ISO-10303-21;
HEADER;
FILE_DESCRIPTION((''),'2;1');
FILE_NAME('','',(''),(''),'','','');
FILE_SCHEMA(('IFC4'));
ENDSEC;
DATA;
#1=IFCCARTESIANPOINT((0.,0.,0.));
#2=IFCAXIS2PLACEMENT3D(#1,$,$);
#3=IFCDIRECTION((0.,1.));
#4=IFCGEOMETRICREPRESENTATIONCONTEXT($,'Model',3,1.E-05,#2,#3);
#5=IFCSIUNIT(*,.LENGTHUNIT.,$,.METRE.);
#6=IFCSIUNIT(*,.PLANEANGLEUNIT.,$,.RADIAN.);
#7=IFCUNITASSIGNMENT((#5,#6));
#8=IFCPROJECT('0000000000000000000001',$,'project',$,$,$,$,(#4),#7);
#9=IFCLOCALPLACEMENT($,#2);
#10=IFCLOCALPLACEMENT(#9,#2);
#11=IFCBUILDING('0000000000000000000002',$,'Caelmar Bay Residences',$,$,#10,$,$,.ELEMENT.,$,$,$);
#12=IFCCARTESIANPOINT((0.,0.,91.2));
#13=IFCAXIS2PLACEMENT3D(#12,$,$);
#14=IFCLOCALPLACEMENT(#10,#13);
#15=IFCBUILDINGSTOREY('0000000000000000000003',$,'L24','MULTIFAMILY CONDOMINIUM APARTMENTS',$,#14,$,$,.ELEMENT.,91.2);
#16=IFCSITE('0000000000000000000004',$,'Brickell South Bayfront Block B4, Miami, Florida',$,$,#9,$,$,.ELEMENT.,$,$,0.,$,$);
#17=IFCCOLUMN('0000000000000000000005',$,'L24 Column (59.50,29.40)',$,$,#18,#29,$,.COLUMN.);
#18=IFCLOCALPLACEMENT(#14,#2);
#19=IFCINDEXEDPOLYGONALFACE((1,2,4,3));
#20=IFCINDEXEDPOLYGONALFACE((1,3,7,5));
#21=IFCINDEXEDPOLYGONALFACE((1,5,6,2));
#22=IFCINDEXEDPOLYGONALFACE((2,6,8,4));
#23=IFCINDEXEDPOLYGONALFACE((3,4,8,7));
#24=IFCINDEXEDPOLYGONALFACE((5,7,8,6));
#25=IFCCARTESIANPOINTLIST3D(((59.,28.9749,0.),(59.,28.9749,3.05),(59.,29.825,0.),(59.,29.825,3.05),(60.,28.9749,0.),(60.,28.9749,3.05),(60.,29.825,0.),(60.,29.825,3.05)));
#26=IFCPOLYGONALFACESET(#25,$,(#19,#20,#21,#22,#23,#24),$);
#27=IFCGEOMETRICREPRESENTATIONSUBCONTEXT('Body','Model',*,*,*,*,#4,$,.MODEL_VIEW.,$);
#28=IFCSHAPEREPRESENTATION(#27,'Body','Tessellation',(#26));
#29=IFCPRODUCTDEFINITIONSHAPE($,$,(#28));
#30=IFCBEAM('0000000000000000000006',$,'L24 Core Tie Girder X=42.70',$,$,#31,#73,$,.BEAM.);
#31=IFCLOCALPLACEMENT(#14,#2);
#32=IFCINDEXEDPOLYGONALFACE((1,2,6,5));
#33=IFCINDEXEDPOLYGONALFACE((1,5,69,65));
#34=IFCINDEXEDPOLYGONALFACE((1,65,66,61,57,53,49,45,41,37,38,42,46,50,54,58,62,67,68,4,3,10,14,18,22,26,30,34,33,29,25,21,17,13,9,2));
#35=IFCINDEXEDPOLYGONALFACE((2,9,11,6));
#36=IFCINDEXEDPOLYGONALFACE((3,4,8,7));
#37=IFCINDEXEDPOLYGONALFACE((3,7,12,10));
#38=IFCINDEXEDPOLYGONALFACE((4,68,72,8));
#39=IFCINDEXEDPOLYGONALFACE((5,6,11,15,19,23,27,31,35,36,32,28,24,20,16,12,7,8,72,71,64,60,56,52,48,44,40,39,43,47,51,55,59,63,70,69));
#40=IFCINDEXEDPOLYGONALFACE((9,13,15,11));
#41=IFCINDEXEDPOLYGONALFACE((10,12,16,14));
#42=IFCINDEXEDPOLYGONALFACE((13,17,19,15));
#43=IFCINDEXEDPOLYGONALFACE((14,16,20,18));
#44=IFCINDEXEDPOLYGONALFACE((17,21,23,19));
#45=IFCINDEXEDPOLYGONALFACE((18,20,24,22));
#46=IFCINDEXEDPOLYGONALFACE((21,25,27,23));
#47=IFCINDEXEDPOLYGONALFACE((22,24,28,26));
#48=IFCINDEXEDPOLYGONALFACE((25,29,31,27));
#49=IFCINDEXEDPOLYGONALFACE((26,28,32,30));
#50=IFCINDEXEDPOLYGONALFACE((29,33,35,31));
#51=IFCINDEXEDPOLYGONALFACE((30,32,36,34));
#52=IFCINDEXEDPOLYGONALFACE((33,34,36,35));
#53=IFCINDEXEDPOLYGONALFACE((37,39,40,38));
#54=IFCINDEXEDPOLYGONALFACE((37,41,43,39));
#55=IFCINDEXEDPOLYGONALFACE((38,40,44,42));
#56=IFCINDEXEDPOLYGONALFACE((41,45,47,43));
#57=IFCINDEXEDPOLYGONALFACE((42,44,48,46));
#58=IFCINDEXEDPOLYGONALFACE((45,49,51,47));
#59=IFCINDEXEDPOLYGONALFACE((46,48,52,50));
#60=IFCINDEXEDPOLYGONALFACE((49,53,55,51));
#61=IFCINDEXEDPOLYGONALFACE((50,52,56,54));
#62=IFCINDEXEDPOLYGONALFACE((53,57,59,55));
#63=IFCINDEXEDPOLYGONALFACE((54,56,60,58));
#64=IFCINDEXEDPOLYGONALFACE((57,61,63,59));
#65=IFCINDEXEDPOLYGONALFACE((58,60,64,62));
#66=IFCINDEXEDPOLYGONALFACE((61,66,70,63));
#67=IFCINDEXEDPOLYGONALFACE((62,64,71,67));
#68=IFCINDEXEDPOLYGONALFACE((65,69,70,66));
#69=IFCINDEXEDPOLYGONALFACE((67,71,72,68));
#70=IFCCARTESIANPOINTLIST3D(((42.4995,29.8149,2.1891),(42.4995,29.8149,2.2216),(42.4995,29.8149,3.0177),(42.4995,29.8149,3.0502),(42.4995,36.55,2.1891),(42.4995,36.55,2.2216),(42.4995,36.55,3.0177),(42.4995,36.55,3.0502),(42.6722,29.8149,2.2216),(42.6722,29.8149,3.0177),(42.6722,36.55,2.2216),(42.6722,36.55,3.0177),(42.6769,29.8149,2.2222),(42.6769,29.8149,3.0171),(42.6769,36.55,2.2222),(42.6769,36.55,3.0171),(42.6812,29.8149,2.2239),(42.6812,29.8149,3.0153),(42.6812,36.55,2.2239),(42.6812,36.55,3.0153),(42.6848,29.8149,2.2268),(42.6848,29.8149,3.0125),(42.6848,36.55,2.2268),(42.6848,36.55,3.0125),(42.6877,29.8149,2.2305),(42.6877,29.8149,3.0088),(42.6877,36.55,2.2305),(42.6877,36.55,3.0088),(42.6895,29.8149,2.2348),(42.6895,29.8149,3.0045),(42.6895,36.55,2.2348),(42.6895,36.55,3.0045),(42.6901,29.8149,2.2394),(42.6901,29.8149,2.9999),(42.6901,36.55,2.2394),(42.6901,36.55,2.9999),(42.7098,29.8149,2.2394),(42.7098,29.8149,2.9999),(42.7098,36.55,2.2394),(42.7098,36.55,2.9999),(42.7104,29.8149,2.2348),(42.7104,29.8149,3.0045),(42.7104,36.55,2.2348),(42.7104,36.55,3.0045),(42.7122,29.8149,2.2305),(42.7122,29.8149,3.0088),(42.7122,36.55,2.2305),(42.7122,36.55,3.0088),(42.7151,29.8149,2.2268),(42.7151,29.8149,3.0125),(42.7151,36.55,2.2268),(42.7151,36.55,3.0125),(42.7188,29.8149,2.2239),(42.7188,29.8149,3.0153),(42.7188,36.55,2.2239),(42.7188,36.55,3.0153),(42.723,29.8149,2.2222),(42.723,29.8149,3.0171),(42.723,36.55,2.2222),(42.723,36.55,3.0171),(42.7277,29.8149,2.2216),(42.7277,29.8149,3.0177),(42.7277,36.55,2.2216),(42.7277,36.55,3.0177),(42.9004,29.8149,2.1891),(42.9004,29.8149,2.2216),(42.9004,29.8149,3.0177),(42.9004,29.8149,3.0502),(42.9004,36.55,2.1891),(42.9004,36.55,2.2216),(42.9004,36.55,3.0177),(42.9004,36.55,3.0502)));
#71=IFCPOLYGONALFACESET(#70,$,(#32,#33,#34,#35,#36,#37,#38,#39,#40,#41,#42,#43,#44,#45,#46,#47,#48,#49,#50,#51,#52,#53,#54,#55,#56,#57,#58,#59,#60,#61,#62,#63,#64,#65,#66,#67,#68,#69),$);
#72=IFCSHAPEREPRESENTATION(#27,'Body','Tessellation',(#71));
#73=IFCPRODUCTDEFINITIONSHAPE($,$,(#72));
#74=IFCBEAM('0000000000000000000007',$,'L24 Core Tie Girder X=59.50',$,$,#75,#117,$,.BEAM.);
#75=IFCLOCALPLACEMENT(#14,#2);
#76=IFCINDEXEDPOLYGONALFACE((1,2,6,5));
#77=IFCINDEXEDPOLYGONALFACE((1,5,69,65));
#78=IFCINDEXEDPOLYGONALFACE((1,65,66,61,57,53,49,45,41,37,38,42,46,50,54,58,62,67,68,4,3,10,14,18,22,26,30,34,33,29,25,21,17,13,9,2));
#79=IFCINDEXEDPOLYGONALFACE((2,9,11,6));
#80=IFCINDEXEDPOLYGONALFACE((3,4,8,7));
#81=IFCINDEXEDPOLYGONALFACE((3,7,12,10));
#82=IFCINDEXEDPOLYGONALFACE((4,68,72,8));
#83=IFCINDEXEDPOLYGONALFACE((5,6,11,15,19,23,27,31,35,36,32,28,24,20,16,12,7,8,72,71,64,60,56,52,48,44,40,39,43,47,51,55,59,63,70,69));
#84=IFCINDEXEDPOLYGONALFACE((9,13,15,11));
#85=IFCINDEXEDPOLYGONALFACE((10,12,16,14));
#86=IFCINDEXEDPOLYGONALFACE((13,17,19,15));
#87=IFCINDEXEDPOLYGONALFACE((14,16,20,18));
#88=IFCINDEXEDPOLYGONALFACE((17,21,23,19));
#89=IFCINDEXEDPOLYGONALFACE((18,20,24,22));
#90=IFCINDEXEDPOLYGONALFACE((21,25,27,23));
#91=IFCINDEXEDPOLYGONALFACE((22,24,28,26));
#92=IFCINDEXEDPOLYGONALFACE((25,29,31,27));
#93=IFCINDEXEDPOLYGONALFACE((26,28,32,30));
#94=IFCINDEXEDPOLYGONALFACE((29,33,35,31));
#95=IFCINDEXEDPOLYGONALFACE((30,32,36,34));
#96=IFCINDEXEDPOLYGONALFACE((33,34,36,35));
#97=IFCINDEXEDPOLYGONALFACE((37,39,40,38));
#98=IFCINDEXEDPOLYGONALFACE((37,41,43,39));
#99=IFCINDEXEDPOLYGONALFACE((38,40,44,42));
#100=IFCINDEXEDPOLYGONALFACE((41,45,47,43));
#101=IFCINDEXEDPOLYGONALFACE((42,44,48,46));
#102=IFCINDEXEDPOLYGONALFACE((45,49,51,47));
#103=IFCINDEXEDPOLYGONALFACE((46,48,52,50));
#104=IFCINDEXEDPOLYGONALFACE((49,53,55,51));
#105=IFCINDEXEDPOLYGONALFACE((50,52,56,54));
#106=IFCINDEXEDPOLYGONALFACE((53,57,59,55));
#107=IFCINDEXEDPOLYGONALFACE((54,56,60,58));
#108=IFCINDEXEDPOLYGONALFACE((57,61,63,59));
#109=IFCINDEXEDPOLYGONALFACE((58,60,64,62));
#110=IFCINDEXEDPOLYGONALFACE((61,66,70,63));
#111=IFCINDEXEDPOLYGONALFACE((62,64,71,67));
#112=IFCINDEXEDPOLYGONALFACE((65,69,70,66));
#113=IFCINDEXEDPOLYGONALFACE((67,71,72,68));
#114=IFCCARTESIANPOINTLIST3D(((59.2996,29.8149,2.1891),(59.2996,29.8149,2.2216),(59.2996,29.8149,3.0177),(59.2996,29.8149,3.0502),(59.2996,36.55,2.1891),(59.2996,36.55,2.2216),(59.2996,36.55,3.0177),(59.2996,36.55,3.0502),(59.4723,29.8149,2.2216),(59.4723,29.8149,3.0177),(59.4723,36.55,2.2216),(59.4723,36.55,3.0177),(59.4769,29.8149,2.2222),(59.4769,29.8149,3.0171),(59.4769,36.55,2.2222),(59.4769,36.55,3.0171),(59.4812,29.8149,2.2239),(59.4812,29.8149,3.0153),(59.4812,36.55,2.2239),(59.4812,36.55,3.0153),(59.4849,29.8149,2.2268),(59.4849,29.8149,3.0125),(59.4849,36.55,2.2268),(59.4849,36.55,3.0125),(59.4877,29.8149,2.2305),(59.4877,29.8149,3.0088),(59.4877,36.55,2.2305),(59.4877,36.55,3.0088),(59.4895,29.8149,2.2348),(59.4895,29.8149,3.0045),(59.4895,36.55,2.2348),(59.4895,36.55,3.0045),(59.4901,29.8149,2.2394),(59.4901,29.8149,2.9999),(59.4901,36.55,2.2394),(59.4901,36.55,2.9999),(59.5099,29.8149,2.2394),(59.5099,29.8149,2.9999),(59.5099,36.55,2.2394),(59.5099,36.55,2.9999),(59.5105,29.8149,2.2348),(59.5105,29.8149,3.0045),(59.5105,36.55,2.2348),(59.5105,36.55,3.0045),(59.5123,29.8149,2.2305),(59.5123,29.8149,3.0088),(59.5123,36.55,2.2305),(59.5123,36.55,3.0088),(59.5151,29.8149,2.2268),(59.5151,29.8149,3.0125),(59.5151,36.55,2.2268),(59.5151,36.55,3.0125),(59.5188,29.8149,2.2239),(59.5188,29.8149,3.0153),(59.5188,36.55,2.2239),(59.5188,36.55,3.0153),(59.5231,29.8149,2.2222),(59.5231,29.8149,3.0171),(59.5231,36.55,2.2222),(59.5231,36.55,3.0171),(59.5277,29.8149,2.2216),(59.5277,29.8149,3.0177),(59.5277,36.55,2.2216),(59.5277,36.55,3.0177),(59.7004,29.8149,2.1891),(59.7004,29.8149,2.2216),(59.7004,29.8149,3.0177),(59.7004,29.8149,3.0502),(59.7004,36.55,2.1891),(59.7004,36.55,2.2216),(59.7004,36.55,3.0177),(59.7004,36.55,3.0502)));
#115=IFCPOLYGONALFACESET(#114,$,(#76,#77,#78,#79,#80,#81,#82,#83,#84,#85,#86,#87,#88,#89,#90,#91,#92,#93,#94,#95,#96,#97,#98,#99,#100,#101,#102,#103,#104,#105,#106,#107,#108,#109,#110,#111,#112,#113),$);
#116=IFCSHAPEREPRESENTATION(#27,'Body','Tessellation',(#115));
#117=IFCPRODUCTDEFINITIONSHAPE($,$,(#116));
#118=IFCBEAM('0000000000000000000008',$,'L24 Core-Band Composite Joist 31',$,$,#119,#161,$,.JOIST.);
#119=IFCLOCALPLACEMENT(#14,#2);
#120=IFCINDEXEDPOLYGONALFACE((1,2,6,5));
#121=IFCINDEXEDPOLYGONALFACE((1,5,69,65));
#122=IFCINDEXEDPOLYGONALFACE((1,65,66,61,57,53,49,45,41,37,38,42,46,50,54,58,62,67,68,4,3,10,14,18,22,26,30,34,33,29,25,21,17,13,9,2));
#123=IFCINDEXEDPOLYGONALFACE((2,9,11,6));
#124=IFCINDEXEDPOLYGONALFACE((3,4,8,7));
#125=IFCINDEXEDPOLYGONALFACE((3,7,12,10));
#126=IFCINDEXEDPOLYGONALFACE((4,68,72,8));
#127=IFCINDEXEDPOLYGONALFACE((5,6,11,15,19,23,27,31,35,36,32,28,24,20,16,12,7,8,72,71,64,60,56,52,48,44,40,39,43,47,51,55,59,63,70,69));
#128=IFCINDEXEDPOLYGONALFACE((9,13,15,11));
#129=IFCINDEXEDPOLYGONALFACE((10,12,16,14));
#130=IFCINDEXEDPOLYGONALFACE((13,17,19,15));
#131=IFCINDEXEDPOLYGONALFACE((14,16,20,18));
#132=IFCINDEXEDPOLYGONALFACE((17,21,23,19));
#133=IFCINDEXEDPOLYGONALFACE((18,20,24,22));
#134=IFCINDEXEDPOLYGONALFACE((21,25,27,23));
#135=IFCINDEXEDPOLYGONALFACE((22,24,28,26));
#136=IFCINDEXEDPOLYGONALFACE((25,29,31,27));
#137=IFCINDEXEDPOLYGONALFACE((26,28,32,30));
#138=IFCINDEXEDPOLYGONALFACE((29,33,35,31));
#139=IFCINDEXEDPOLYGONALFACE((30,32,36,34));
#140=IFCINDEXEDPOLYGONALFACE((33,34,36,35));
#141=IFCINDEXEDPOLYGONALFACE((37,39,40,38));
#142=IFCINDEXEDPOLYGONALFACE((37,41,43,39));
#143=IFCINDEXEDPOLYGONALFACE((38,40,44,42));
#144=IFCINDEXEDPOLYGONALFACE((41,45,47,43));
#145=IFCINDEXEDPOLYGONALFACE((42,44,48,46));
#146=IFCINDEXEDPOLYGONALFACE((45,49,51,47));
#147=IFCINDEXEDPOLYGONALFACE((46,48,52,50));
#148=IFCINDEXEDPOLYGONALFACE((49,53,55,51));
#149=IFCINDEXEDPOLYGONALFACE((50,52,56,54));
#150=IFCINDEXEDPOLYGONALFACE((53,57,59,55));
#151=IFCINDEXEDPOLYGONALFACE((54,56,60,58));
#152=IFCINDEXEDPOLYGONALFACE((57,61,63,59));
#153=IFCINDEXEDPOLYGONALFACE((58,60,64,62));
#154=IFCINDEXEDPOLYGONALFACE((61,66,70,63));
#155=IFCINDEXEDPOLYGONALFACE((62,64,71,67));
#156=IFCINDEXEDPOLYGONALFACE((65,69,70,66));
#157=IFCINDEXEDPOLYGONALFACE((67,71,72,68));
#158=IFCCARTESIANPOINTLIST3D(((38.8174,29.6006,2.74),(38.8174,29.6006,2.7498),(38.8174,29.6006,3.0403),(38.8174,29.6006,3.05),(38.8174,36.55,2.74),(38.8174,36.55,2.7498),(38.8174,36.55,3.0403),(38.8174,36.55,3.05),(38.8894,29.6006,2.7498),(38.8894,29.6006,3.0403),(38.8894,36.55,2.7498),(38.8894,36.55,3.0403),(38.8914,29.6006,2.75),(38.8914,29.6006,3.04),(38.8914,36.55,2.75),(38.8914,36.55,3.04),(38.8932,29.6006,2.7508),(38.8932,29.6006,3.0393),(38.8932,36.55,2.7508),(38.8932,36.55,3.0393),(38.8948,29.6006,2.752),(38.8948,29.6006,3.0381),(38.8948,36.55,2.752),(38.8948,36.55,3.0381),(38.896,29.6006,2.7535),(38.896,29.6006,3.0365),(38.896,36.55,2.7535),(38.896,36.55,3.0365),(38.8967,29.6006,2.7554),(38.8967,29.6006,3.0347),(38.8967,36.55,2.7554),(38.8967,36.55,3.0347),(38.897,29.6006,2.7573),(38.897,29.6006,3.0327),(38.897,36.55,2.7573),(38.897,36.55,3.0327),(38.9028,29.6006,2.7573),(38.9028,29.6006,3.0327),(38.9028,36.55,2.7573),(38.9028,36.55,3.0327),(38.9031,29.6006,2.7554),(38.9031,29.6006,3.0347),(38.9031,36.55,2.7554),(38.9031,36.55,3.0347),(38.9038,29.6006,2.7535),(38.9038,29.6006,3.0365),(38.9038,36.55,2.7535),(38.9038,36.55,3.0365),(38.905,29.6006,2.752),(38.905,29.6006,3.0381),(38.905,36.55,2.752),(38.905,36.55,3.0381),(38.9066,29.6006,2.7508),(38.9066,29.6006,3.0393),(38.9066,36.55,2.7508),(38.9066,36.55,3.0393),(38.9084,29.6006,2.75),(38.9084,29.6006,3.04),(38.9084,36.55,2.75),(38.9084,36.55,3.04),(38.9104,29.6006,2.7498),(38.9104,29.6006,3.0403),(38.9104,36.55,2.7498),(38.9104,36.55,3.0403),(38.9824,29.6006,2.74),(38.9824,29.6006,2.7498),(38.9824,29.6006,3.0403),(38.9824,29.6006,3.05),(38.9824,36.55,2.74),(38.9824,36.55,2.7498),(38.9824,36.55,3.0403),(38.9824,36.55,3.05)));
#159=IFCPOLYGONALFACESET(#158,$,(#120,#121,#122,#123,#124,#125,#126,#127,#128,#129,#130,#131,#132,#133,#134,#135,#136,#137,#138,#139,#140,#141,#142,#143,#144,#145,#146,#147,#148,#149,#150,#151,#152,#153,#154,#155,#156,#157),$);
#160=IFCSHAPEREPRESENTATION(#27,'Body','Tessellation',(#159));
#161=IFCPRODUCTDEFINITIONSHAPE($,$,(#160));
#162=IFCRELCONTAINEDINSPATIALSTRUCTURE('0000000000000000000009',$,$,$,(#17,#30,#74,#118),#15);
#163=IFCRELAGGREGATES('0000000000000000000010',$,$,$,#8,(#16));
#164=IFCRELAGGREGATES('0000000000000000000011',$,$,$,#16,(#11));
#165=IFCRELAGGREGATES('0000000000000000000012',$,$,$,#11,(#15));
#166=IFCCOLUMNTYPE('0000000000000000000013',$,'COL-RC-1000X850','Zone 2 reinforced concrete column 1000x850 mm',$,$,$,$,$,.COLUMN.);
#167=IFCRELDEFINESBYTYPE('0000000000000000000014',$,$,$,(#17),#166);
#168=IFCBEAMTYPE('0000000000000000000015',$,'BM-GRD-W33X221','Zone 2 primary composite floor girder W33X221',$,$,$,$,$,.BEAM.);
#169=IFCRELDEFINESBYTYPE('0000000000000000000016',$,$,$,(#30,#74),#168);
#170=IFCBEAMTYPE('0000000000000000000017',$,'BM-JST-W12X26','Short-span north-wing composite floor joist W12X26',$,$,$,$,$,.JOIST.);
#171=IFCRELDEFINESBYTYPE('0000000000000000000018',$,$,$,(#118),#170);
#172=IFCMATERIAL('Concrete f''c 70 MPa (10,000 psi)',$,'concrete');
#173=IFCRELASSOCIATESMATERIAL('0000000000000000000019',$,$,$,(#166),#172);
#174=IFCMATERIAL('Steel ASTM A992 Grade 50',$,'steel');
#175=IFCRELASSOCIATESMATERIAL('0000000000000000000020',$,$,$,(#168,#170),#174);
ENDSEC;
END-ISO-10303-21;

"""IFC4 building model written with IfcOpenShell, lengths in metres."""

from ifc_helpers import new_model, si_unit, direction, frame, origin, origin_2d, place, context, subcontext, project, spatial, rectangle, i_section, extrude, material, material_profile, profile_set, type_object, element, save


model = new_model("IFC4")

# Units and contexts
model_context = context("Model", 3, precision=1e-05, world=origin(), true_north=direction((0.0, 1.0)))
body_context = subcontext(model_context, "Body", "Model", "MODEL_VIEW")
ifc_project = project(units=[si_unit("LENGTHUNIT", "METRE"), si_unit("PLANEANGLEUNIT", "RADIAN")], contexts=[model_context])

# Site, building, storey
site_placement = place(None, origin())
site = spatial("IfcSite", under=ifc_project, at=site_placement, Name="Brickell South Bayfront Block B4, Miami, Florida", CompositionType="ELEMENT", RefElevation=0.0)
building_placement = place(site_placement, origin())
building = spatial("IfcBuilding", under=site, at=building_placement, Name="Caelmar Bay Residences", CompositionType="ELEMENT")
storey_placement = place(building_placement, frame((0.0, 0.0, 91.2)))
storey = spatial("IfcBuildingStorey", under=building, at=storey_placement, Name="L24", Description="MULTIFAMILY CONDOMINIUM APARTMENTS", CompositionType="ELEMENT", Elevation=91.2)

# Column
ifc_material_1 = material(Name="Concrete f'c 70 MPa (10,000 psi)", Category="concrete")
ifc_material_profile_1 = material_profile(ifc_material_1, rectangle(XDim=1.0, YDim=0.8501, at=origin_2d()), Name="RC-COL-1000X850")
ifc_profile_set_1 = profile_set([ifc_material_profile_1], Name="Concrete f'c 70 MPa (10,000 psi)")
column_type = type_object("IfcColumnType", Name="COL-RC-1000X850", Description="Zone 2 reinforced concrete column 1000x850 mm", PredefinedType="COLUMN", material=ifc_profile_set_1)
column_placement = place(storey_placement, frame((59.5, 29.3999, 0.0), z_axis=(0.0, 0.0, 1.0), x_axis=(1.0, 0.0, 0.0)))
element("IfcColumn", 1, at=column_placement, inside=storey, type_object=column_type, Name="L24 Column (59.50,29.40)", PredefinedType="COLUMN", context=body_context, shape_type="SweptSolid", body=[
    extrude(rectangle(XDim=1.0, YDim=0.8501, at=origin_2d()), origin(), (0.0, 0.0, 1.0), 3.05),
])

# Beams
ifc_material_2 = material(Name="Steel ASTM A992 Grade 50", Category="steel")
ifc_material_profile_2 = material_profile(ifc_material_2, i_section(OverallWidth=0.4009, OverallDepth=0.8611, WebThickness=0.0198, FlangeThickness=0.0325, FilletRadius=0.0178, at=origin_2d()), Name="W33X221")
ifc_profile_set_2 = profile_set([ifc_material_profile_2], Name="Steel ASTM A992 Grade 50")
beam_type_1 = type_object("IfcBeamType", Name="BM-GRD-W33X221", Description="Zone 2 primary composite floor girder W33X221", PredefinedType="BEAM", material=ifc_profile_set_2)
for number, where, z_axis, x_axis, name in (
    (2, (42.7, 29.8149, 2.6196), (0.0, 1.0, 0.0), (-1.0, 0.0, 0.0), "L24 Core Tie Girder X=42.70"),
    (3, (59.5, 29.8149, 2.6196), (0.0, 1.0, 0.0), (-1.0, 0.0, 0.0), "L24 Core Tie Girder X=59.50"),
):
    element("IfcBeam", number, at=place(storey_placement, frame(where, z_axis=z_axis, x_axis=x_axis)), inside=storey, type_object=beam_type_1, Name=name, PredefinedType="BEAM", context=body_context, shape_type="SweptSolid", body=[
        extrude(i_section(OverallWidth=0.4009, OverallDepth=0.8611, WebThickness=0.0198, FlangeThickness=0.0325, FilletRadius=0.0178, at=origin_2d()), origin(), (0.0, 0.0, 1.0), 6.7351),
    ])
ifc_material_profile_3 = material_profile(ifc_material_2, i_section(OverallWidth=0.165, OverallDepth=0.3101, WebThickness=0.0059, FlangeThickness=0.0098, FilletRadius=0.0076, at=origin_2d()), Name="W12X26")
ifc_profile_set_3 = profile_set([ifc_material_profile_3], Name="Steel ASTM A992 Grade 50")
beam_type_2 = type_object("IfcBeamType", Name="BM-JST-W12X26", Description="Short-span north-wing composite floor joist W12X26", PredefinedType="JOIST", material=ifc_profile_set_3)
for number, where, z_axis, x_axis, name in (
    (4, (38.8999, 29.6006, 2.895), (0.0, 1.0, 0.0), (-1.0, 0.0, 0.0), "L24 Core-Band Composite Joist 31"),
):
    element("IfcBeam", number, at=place(storey_placement, frame(where, z_axis=z_axis, x_axis=x_axis)), inside=storey, type_object=beam_type_2, Name=name, PredefinedType="JOIST", context=body_context, shape_type="SweptSolid", body=[
        extrude(i_section(OverallWidth=0.165, OverallDepth=0.3101, WebThickness=0.0059, FlangeThickness=0.0098, FilletRadius=0.0076, at=origin_2d()), origin(), (0.0, 0.0, 1.0), 6.9495),
    ])

save(model, "model.ifc")
